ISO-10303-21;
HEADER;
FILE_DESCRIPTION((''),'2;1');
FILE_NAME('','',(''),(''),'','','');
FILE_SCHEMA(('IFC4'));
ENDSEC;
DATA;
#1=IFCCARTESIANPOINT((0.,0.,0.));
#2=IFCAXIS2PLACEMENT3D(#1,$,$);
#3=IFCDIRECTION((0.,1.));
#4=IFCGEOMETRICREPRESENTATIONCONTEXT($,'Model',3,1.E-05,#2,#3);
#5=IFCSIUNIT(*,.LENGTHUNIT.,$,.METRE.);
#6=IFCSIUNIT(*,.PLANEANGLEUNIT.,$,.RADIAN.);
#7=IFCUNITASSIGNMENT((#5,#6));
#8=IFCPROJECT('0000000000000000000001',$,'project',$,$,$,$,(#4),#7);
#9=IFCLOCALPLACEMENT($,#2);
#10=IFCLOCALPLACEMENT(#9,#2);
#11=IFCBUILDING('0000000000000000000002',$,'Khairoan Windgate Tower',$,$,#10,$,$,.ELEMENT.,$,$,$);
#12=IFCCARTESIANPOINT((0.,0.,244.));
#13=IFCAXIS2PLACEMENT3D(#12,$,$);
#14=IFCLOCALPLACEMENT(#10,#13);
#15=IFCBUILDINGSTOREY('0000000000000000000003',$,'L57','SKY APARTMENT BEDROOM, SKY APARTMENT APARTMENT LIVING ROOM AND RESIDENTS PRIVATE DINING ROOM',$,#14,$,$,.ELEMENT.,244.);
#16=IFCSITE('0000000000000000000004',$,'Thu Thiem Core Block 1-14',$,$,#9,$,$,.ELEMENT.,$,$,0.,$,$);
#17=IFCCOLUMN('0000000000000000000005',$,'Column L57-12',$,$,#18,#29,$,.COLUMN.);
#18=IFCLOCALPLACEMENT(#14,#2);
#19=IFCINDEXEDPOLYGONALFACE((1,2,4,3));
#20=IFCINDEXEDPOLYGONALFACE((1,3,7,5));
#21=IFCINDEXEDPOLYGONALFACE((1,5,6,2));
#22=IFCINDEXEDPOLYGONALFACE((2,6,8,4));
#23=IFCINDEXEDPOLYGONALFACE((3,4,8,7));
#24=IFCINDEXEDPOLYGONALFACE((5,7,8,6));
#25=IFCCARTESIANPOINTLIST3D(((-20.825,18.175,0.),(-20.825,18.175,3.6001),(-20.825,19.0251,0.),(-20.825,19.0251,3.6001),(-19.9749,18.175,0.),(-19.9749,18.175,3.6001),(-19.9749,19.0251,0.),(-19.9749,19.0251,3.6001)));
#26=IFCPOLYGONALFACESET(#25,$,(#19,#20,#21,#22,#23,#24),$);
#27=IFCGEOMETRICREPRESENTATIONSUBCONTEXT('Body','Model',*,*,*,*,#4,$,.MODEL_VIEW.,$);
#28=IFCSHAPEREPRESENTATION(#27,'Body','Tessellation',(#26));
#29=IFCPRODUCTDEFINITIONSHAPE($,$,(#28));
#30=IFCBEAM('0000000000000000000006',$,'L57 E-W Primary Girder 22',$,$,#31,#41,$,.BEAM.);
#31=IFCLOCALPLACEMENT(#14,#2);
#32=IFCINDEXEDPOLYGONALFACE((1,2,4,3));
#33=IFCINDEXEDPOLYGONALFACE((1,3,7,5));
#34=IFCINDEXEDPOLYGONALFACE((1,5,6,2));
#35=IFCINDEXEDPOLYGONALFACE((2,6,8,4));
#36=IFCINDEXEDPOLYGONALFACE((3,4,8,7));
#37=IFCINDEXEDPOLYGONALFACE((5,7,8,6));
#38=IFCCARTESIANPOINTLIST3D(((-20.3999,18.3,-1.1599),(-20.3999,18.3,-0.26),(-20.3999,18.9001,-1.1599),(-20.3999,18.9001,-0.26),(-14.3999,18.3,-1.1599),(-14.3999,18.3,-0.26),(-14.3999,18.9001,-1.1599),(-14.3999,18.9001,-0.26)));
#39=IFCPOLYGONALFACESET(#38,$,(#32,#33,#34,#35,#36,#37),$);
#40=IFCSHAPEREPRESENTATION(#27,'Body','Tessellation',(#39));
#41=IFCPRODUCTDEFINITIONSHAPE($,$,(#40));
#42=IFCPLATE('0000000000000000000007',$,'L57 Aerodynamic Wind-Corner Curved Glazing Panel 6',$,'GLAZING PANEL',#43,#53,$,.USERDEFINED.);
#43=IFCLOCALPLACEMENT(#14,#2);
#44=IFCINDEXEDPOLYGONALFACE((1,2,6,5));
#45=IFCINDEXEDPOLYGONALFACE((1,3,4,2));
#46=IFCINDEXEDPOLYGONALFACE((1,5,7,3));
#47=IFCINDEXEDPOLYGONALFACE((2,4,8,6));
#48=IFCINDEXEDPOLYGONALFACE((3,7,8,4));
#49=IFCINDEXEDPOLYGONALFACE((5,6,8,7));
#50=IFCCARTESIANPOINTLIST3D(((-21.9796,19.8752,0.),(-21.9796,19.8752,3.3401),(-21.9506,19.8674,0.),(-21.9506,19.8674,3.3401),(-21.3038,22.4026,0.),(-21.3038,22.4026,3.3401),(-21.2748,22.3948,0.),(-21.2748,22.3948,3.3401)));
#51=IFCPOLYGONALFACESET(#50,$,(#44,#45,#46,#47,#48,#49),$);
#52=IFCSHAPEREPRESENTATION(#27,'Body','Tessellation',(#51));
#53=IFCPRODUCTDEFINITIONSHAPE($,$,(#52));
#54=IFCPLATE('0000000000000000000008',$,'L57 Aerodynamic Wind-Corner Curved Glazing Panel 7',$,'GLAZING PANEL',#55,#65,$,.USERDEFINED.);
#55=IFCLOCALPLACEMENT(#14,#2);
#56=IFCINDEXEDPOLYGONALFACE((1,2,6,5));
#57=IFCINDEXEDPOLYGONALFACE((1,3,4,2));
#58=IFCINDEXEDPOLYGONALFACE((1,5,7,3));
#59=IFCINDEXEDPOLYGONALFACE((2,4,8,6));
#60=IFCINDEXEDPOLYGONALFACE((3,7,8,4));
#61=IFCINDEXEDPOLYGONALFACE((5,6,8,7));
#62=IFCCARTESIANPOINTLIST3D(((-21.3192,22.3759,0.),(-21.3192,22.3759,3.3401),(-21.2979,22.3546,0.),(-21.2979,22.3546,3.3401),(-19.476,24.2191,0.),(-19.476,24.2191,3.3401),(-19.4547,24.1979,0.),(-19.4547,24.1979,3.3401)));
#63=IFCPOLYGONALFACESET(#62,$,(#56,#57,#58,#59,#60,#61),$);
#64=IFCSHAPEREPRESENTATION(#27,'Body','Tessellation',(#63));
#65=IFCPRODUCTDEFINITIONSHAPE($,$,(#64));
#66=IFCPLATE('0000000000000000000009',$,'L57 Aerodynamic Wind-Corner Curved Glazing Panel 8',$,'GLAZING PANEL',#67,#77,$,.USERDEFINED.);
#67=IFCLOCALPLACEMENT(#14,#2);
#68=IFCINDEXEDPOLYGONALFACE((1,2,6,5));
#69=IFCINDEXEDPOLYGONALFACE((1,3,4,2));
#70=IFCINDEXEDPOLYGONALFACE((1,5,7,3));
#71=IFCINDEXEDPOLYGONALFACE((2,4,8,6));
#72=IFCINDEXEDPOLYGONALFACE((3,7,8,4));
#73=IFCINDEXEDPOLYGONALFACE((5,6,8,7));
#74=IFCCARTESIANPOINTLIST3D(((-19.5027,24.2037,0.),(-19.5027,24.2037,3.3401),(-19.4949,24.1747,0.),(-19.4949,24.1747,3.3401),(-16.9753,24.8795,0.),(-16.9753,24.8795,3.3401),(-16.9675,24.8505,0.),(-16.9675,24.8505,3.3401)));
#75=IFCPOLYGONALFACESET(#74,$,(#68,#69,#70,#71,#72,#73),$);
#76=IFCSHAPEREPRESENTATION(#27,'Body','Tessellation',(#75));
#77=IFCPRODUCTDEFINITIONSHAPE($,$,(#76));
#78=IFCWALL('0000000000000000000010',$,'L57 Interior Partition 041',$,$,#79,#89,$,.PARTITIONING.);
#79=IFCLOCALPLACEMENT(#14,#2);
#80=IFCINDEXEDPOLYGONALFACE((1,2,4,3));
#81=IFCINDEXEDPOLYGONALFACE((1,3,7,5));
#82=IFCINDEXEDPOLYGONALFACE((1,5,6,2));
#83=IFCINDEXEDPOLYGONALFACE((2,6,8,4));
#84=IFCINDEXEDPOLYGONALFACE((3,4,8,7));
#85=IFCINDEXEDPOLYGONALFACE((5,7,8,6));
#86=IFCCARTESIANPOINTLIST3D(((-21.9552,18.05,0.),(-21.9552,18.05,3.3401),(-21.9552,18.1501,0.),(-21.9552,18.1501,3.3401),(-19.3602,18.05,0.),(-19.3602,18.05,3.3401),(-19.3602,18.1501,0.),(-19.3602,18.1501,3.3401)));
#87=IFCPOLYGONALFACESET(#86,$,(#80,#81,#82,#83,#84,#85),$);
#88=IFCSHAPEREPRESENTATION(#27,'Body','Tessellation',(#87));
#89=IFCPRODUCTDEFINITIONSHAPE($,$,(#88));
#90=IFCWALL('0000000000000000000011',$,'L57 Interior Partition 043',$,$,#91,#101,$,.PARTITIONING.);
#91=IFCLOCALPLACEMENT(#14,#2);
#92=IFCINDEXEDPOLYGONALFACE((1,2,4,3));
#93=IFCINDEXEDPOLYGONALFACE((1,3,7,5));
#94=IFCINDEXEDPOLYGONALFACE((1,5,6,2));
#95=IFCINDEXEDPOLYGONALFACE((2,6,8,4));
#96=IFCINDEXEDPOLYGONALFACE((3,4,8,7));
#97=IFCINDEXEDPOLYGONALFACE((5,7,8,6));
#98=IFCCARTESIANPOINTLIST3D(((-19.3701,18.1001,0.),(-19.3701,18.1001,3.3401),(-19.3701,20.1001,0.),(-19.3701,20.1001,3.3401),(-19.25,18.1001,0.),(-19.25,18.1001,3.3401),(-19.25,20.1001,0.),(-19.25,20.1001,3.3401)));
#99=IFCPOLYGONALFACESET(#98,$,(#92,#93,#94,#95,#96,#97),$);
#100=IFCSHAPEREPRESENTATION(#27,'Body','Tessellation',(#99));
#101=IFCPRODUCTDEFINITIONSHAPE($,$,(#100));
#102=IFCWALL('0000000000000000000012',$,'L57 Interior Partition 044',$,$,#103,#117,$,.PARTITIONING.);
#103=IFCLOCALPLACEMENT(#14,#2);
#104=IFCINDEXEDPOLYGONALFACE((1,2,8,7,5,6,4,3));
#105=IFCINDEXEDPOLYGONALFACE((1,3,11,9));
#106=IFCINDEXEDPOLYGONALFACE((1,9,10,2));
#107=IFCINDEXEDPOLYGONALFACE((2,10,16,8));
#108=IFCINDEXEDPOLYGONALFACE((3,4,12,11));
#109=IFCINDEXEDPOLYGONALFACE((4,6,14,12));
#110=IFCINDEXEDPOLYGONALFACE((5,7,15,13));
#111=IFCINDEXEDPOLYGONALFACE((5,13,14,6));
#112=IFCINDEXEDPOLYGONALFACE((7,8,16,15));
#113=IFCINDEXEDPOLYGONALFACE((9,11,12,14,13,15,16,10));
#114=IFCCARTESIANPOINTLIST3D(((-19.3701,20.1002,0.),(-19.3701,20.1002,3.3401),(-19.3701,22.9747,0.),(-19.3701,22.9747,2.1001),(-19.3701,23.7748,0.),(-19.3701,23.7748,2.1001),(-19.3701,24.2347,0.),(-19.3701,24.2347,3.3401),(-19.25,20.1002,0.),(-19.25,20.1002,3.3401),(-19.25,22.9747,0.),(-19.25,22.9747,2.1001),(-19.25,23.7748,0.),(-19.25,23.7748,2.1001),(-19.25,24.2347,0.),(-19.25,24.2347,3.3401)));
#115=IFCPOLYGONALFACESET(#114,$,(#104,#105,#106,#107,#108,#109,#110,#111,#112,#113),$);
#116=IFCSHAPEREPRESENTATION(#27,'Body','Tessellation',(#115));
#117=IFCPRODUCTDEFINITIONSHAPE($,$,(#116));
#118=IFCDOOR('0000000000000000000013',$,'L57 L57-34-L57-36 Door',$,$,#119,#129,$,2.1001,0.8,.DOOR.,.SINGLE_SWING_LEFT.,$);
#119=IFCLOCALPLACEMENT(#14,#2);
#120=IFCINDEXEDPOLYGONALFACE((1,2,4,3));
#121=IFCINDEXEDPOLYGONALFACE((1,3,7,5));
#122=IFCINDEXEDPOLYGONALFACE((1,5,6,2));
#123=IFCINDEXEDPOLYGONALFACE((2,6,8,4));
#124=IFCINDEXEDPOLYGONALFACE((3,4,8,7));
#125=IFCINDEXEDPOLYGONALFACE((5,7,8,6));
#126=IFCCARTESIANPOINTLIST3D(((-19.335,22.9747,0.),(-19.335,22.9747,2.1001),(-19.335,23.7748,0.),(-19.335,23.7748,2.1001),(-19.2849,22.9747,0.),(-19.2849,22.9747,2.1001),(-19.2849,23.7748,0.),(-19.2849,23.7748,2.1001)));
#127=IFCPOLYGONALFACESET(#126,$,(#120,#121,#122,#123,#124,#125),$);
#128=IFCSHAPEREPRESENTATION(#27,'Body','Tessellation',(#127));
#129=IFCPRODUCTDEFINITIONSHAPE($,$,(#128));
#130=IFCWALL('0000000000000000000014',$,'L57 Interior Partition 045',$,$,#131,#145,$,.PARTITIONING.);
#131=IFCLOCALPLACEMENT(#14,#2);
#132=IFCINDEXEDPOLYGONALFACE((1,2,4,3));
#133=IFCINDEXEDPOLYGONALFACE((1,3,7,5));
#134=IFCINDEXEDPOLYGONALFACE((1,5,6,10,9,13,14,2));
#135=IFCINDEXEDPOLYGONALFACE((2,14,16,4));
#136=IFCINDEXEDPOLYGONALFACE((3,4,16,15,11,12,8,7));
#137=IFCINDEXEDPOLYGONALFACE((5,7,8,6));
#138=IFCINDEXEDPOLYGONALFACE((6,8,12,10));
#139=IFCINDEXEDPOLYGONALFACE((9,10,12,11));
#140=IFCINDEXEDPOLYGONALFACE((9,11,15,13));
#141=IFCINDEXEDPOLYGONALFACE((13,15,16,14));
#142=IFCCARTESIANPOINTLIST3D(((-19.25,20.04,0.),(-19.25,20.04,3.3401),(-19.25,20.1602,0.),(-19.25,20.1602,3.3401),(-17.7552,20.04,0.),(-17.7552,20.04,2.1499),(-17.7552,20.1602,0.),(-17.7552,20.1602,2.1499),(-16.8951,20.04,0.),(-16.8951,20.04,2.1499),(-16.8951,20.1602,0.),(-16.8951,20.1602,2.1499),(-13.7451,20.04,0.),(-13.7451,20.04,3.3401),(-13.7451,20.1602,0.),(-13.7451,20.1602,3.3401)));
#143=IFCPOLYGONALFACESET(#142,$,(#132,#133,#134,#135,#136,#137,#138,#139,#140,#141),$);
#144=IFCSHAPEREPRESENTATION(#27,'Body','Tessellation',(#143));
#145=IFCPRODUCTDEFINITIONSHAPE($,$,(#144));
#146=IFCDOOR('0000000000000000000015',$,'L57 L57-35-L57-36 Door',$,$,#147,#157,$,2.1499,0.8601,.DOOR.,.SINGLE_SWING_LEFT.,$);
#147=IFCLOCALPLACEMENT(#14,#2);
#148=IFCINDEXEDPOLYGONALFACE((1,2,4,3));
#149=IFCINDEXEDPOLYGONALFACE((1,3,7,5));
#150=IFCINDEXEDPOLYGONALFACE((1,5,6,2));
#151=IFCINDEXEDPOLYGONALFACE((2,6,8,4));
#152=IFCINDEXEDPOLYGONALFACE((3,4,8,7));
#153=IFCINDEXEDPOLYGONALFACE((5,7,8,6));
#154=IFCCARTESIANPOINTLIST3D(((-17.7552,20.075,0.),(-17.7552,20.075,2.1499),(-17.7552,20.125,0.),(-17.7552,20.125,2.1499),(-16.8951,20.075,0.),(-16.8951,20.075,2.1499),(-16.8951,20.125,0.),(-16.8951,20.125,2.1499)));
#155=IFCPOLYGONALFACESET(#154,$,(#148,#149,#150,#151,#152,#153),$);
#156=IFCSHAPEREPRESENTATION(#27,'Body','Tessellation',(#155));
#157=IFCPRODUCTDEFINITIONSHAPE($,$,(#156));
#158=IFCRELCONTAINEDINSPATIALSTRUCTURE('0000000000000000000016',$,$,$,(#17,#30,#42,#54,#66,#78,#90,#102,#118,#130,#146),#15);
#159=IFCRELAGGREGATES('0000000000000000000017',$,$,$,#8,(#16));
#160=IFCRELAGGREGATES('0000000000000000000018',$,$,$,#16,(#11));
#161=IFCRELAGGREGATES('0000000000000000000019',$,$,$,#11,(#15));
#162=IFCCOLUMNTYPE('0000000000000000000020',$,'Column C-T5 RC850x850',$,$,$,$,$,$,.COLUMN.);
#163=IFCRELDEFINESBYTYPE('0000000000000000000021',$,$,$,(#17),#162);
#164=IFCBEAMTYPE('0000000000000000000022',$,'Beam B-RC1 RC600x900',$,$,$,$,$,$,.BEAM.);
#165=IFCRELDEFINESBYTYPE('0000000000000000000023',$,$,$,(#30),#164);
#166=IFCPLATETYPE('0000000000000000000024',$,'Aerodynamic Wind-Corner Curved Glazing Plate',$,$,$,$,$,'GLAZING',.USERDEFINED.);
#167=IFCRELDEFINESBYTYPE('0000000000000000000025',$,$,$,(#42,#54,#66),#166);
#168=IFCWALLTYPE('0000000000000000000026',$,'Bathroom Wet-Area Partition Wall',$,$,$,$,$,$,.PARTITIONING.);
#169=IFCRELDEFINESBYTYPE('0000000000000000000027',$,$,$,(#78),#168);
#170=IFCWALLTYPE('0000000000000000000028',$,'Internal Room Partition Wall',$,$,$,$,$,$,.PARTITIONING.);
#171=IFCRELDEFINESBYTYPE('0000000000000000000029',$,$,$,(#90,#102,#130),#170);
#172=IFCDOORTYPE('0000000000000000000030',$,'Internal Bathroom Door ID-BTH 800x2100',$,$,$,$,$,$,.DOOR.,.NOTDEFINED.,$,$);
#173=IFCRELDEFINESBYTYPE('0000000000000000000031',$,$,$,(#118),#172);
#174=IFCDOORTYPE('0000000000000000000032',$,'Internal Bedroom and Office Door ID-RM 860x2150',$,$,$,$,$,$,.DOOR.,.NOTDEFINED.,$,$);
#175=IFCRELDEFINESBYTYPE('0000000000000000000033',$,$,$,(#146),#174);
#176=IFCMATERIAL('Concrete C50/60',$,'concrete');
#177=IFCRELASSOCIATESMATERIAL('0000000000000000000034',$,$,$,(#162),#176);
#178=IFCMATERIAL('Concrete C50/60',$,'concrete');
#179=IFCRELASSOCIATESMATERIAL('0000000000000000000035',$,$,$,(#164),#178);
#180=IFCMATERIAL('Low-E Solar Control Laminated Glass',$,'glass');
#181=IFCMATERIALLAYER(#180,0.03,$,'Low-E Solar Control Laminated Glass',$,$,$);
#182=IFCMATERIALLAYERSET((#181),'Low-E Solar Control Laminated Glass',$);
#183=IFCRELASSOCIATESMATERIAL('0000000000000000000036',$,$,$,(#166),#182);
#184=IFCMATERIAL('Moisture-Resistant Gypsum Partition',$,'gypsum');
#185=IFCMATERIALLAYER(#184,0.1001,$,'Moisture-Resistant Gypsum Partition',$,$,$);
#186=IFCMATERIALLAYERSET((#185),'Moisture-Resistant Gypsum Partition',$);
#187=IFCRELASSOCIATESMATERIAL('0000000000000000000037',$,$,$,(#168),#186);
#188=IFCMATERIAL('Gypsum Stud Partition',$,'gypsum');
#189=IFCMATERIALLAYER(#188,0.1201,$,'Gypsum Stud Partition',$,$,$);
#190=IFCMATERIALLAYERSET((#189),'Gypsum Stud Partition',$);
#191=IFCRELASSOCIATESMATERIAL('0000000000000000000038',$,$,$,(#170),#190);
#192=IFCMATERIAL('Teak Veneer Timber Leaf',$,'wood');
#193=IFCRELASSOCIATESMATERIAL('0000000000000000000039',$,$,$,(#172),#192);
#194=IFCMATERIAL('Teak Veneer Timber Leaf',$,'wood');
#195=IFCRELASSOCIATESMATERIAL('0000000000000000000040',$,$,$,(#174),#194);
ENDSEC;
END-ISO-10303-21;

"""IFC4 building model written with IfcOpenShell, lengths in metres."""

from ifc_helpers import new_model, si_unit, direction, frame, frame_2d, origin, origin_2d, place, context, subcontext, project, spatial, rectangle, extrude, material, layer, layer_set, material_profile, profile_set, type_object, element, fill, save


model = new_model("IFC4")

# Units and contexts
model_context = context("Model", 3, precision=1e-05, world=origin(), true_north=direction((0.0, 1.0)))
body_context = subcontext(model_context, "Body", "Model", "MODEL_VIEW")
ifc_project = project(units=[si_unit("LENGTHUNIT", "METRE"), si_unit("PLANEANGLEUNIT", "RADIAN")], contexts=[model_context])

# Site, building, storey
site_placement = place(None, origin())
site = spatial("IfcSite", under=ifc_project, at=site_placement, Name="Thu Thiem Core Block 1-14", CompositionType="ELEMENT", RefElevation=0.0)
building_placement = place(site_placement, origin())
building = spatial("IfcBuilding", under=site, at=building_placement, Name="Khairoan Windgate Tower", CompositionType="ELEMENT")
storey_placement = place(building_placement, frame((0.0, 0.0, 244.0)))
storey = spatial("IfcBuildingStorey", under=building, at=storey_placement, Name="L57", Description="SKY APARTMENT BEDROOM, SKY APARTMENT APARTMENT LIVING ROOM AND RESIDENTS PRIVATE DINING ROOM", CompositionType="ELEMENT", Elevation=244.0)

# Column
ifc_material_1 = material(Name="Concrete C50/60", Category="concrete")
ifc_material_profile_1 = material_profile(ifc_material_1, rectangle(XDim=0.8501, YDim=0.8501, at=origin_2d()))
ifc_profile_set_1 = profile_set([ifc_material_profile_1], Name="Concrete C50/60")
column_type = type_object("IfcColumnType", Name="Column C-T5 RC850x850", PredefinedType="COLUMN", material=ifc_profile_set_1)
column_placement = place(storey_placement, frame((-20.3999, 18.6001, 0.0), z_axis=(0.0, 0.0, 1.0), x_axis=(1.0, 0.0, 0.0)))
element("IfcColumn", 1, at=column_placement, inside=storey, type_object=column_type, Name="Column L57-12", PredefinedType="COLUMN", context=body_context, shape_type="SweptSolid", body=[
    extrude(rectangle(XDim=0.8501, YDim=0.8501, at=origin_2d()), origin(), (0.0, 0.0, 1.0), 3.6001),
])

# Beam
ifc_material_2 = material(Name="Concrete C50/60", Category="concrete")
ifc_material_profile_2 = material_profile(ifc_material_2, rectangle(XDim=0.6001, YDim=0.8999, at=origin_2d()))
ifc_profile_set_2 = profile_set([ifc_material_profile_2], Name="Concrete C50/60")
beam_type = type_object("IfcBeamType", Name="Beam B-RC1 RC600x900", PredefinedType="BEAM", material=ifc_profile_set_2)
beam_placement = place(storey_placement, frame((-20.3999, 18.6001, -0.71), z_axis=(1.0, 0.0, 0.0), x_axis=(0.0, 1.0, 0.0)))
element("IfcBeam", 2, at=beam_placement, inside=storey, type_object=beam_type, Name="L57 E-W Primary Girder 22", PredefinedType="BEAM", context=body_context, shape_type="SweptSolid", body=[
    extrude(rectangle(XDim=0.6001, YDim=0.8999, at=origin_2d()), origin(), (0.0, 0.0, 1.0), 6.0),
])

# Plates
ifc_material_3 = material(Name="Low-E Solar Control Laminated Glass", Category="glass")
ifc_layer_1 = layer(ifc_material_3, 0.03, Name="Low-E Solar Control Laminated Glass")
ifc_layer_set_1 = layer_set([ifc_layer_1], Name="Low-E Solar Control Laminated Glass")
plate_type_1 = type_object("IfcPlateType", Name="Aerodynamic Wind-Corner Curved Glazing Plate", ElementType="GLAZING", PredefinedType="USERDEFINED", material=ifc_layer_set_1)
plate_1_placement = place(storey_placement, frame((-21.6272, 21.135, 0.0), z_axis=(0.0, 0.0, 1.0), x_axis=(0.258313, 0.966061, 0.0)))
element("IfcPlate", 3, at=plate_1_placement, inside=storey, type_object=plate_type_1, Name="L57 Aerodynamic Wind-Corner Curved Glazing Panel 6", ObjectType="GLAZING PANEL", PredefinedType="USERDEFINED", context=body_context, shape_type="SweptSolid", body=[
    extrude(rectangle(XDim=2.6162, YDim=0.03, at=origin_2d()), origin(), (0.0, 0.0, 1.0), 3.3401),
])
plate_2_placement = place(storey_placement, frame((-20.387, 23.2869, 0.0), z_axis=(0.0, 0.0, 1.0), x_axis=(0.707107, 0.707107, 0.0)))
element("IfcPlate", 4, at=plate_2_placement, inside=storey, type_object=plate_type_1, Name="L57 Aerodynamic Wind-Corner Curved Glazing Panel 7", ObjectType="GLAZING PANEL", PredefinedType="USERDEFINED", context=body_context, shape_type="SweptSolid", body=[
    extrude(rectangle(XDim=2.6067, YDim=0.03, at=origin_2d()), origin(), (0.0, 0.0, 1.0), 3.3401),
])
plate_3_placement = place(storey_placement, frame((-18.2351, 24.5271, 0.0), z_axis=(0.0, 0.0, 1.0), x_axis=(0.966061, 0.258313, 0.0)))
element("IfcPlate", 5, at=plate_3_placement, inside=storey, type_object=plate_type_1, Name="L57 Aerodynamic Wind-Corner Curved Glazing Panel 8", ObjectType="GLAZING PANEL", PredefinedType="USERDEFINED", context=body_context, shape_type="SweptSolid", body=[
    extrude(rectangle(XDim=2.6162, YDim=0.03, at=origin_2d()), origin(), (0.0, 0.0, 1.0), 3.3401),
])

# Walls
ifc_material_4 = material(Name="Moisture-Resistant Gypsum Partition", Category="gypsum")
ifc_layer_2 = layer(ifc_material_4, 0.1001, Name="Moisture-Resistant Gypsum Partition")
ifc_layer_set_2 = layer_set([ifc_layer_2], Name="Moisture-Resistant Gypsum Partition")
wall_type_1 = type_object("IfcWallType", Name="Bathroom Wet-Area Partition Wall", PredefinedType="PARTITIONING", material=ifc_layer_set_2)
wall_1_placement = place(storey_placement, frame((-21.9551, 18.1001, 0.0), z_axis=(0.0, 0.0, 1.0), x_axis=(1.0, 0.0, 0.0)))
element("IfcWall", 6, at=wall_1_placement, inside=storey, type_object=wall_type_1, Name="L57 Interior Partition 041", PredefinedType="PARTITIONING", context=body_context, shape_type="SweptSolid", body=[
    extrude(rectangle(XDim=2.595, YDim=0.1001, at=frame_2d((1.2974, 0.0))), origin(), (0.0, 0.0, 1.0), 3.3401),
])
ifc_material_5 = material(Name="Gypsum Stud Partition", Category="gypsum")
ifc_layer_3 = layer(ifc_material_5, 0.1201, Name="Gypsum Stud Partition")
ifc_layer_set_3 = layer_set([ifc_layer_3], Name="Gypsum Stud Partition")
wall_type_2 = type_object("IfcWallType", Name="Internal Room Partition Wall", PredefinedType="PARTITIONING", material=ifc_layer_set_3)
wall_2_placement = place(storey_placement, frame((-19.3101, 18.1001, 0.0), z_axis=(0.0, 0.0, 1.0), x_axis=(0.0, 1.0, 0.0)))
element("IfcWall", 7, at=wall_2_placement, inside=storey, type_object=wall_type_2, Name="L57 Interior Partition 043", PredefinedType="PARTITIONING", context=body_context, shape_type="SweptSolid", body=[
    extrude(rectangle(XDim=2.0, YDim=0.1201, at=frame_2d((1.0, 0.0))), origin(), (0.0, 0.0, 1.0), 3.3401),
])

# Walls, openings, doors
wall_3_placement = place(storey_placement, frame((-19.3101, 20.1001, 0.0), z_axis=(0.0, 0.0, 1.0), x_axis=(0.0, 1.0, 0.0)))
wall_3 = element("IfcWall", 8, at=wall_3_placement, inside=storey, type_object=wall_type_2, Name="L57 Interior Partition 044", PredefinedType="PARTITIONING", context=body_context, shape_type="SweptSolid", body=[
    extrude(rectangle(XDim=4.1345, YDim=0.1201, at=frame_2d((2.0674, 0.0))), origin(), (0.0, 0.0, 1.0), 3.3401),
])
opening_1_placement = place(wall_3_placement, frame((2.8748, 0.0, 0.0)))
opening_1 = element("IfcOpeningElement", 9, at=opening_1_placement, cuts=wall_3, PredefinedType="OPENING", context=body_context, shape_type="SweptSolid", body=[
    extrude(rectangle(XDim=0.8, YDim=2.1001, at=frame_2d((0.3999, 1.05))), frame((0.0, 0.0701, 0.0), z_axis=(0.0, -1.0, 0.0), x_axis=(1.0, 0.0, 0.0)), (0.0, 0.0, 1.0), 0.1401),
])
ifc_material_6 = material(Name="Teak Veneer Timber Leaf", Category="wood")
door_type_1 = type_object("IfcDoorType", Name="Internal Bathroom Door ID-BTH 800x2100", OperationType="NOTDEFINED", PredefinedType="DOOR", material=ifc_material_6)
door_1_placement = place(opening_1_placement, origin())
door_1 = element("IfcDoor", 10, at=door_1_placement, inside=storey, type_object=door_type_1, Name="L57 L57-34-L57-36 Door", OperationType="SINGLE_SWING_LEFT", OverallHeight=2.1001, OverallWidth=0.8, PredefinedType="DOOR", context=body_context, shape_type="SweptSolid", body=[
    extrude(rectangle(XDim=0.8, YDim=2.1001, at=frame_2d((0.3999, 1.05))), frame((0.0, 0.0249, 0.0), z_axis=(0.0, -1.0, 0.0), x_axis=(1.0, 0.0, 0.0)), (0.0, 0.0, 1.0), 0.05),
])
fill(opening_1, door_1)
wall_4_placement = place(storey_placement, frame((-19.25, 20.1001, 0.0), z_axis=(0.0, 0.0, 1.0), x_axis=(1.0, 0.0, 0.0)))
wall_4 = element("IfcWall", 11, at=wall_4_placement, inside=storey, type_object=wall_type_2, Name="L57 Interior Partition 045", PredefinedType="PARTITIONING", context=body_context, shape_type="SweptSolid", body=[
    extrude(rectangle(XDim=5.5049, YDim=0.1201, at=frame_2d((2.7524, 0.0))), origin(), (0.0, 0.0, 1.0), 3.3401),
])
opening_2_placement = place(wall_4_placement, frame((1.4946, 0.0, 0.0)))
opening_2 = element("IfcOpeningElement", 12, at=opening_2_placement, cuts=wall_4, PredefinedType="OPENING", context=body_context, shape_type="SweptSolid", body=[
    extrude(rectangle(XDim=0.8601, YDim=2.1499, at=frame_2d((0.4302, 1.075))), frame((0.0, 0.0701, 0.0), z_axis=(0.0, -1.0, 0.0), x_axis=(1.0, 0.0, 0.0)), (0.0, 0.0, 1.0), 0.1401),
])
ifc_material_7 = material(Name="Teak Veneer Timber Leaf", Category="wood")
door_type_2 = type_object("IfcDoorType", Name="Internal Bedroom and Office Door ID-RM 860x2150", OperationType="NOTDEFINED", PredefinedType="DOOR", material=ifc_material_7)
door_2_placement = place(opening_2_placement, origin())
door_2 = element("IfcDoor", 13, at=door_2_placement, inside=storey, type_object=door_type_2, Name="L57 L57-35-L57-36 Door", OperationType="SINGLE_SWING_LEFT", OverallHeight=2.1499, OverallWidth=0.8601, PredefinedType="DOOR", context=body_context, shape_type="SweptSolid", body=[
    extrude(rectangle(XDim=0.8601, YDim=2.1499, at=frame_2d((0.4302, 1.075))), frame((0.0, 0.0249, 0.0), z_axis=(0.0, -1.0, 0.0), x_axis=(1.0, 0.0, 0.0)), (0.0, 0.0, 1.0), 0.05),
])
fill(opening_2, door_2)

save(model, "model.ifc")
